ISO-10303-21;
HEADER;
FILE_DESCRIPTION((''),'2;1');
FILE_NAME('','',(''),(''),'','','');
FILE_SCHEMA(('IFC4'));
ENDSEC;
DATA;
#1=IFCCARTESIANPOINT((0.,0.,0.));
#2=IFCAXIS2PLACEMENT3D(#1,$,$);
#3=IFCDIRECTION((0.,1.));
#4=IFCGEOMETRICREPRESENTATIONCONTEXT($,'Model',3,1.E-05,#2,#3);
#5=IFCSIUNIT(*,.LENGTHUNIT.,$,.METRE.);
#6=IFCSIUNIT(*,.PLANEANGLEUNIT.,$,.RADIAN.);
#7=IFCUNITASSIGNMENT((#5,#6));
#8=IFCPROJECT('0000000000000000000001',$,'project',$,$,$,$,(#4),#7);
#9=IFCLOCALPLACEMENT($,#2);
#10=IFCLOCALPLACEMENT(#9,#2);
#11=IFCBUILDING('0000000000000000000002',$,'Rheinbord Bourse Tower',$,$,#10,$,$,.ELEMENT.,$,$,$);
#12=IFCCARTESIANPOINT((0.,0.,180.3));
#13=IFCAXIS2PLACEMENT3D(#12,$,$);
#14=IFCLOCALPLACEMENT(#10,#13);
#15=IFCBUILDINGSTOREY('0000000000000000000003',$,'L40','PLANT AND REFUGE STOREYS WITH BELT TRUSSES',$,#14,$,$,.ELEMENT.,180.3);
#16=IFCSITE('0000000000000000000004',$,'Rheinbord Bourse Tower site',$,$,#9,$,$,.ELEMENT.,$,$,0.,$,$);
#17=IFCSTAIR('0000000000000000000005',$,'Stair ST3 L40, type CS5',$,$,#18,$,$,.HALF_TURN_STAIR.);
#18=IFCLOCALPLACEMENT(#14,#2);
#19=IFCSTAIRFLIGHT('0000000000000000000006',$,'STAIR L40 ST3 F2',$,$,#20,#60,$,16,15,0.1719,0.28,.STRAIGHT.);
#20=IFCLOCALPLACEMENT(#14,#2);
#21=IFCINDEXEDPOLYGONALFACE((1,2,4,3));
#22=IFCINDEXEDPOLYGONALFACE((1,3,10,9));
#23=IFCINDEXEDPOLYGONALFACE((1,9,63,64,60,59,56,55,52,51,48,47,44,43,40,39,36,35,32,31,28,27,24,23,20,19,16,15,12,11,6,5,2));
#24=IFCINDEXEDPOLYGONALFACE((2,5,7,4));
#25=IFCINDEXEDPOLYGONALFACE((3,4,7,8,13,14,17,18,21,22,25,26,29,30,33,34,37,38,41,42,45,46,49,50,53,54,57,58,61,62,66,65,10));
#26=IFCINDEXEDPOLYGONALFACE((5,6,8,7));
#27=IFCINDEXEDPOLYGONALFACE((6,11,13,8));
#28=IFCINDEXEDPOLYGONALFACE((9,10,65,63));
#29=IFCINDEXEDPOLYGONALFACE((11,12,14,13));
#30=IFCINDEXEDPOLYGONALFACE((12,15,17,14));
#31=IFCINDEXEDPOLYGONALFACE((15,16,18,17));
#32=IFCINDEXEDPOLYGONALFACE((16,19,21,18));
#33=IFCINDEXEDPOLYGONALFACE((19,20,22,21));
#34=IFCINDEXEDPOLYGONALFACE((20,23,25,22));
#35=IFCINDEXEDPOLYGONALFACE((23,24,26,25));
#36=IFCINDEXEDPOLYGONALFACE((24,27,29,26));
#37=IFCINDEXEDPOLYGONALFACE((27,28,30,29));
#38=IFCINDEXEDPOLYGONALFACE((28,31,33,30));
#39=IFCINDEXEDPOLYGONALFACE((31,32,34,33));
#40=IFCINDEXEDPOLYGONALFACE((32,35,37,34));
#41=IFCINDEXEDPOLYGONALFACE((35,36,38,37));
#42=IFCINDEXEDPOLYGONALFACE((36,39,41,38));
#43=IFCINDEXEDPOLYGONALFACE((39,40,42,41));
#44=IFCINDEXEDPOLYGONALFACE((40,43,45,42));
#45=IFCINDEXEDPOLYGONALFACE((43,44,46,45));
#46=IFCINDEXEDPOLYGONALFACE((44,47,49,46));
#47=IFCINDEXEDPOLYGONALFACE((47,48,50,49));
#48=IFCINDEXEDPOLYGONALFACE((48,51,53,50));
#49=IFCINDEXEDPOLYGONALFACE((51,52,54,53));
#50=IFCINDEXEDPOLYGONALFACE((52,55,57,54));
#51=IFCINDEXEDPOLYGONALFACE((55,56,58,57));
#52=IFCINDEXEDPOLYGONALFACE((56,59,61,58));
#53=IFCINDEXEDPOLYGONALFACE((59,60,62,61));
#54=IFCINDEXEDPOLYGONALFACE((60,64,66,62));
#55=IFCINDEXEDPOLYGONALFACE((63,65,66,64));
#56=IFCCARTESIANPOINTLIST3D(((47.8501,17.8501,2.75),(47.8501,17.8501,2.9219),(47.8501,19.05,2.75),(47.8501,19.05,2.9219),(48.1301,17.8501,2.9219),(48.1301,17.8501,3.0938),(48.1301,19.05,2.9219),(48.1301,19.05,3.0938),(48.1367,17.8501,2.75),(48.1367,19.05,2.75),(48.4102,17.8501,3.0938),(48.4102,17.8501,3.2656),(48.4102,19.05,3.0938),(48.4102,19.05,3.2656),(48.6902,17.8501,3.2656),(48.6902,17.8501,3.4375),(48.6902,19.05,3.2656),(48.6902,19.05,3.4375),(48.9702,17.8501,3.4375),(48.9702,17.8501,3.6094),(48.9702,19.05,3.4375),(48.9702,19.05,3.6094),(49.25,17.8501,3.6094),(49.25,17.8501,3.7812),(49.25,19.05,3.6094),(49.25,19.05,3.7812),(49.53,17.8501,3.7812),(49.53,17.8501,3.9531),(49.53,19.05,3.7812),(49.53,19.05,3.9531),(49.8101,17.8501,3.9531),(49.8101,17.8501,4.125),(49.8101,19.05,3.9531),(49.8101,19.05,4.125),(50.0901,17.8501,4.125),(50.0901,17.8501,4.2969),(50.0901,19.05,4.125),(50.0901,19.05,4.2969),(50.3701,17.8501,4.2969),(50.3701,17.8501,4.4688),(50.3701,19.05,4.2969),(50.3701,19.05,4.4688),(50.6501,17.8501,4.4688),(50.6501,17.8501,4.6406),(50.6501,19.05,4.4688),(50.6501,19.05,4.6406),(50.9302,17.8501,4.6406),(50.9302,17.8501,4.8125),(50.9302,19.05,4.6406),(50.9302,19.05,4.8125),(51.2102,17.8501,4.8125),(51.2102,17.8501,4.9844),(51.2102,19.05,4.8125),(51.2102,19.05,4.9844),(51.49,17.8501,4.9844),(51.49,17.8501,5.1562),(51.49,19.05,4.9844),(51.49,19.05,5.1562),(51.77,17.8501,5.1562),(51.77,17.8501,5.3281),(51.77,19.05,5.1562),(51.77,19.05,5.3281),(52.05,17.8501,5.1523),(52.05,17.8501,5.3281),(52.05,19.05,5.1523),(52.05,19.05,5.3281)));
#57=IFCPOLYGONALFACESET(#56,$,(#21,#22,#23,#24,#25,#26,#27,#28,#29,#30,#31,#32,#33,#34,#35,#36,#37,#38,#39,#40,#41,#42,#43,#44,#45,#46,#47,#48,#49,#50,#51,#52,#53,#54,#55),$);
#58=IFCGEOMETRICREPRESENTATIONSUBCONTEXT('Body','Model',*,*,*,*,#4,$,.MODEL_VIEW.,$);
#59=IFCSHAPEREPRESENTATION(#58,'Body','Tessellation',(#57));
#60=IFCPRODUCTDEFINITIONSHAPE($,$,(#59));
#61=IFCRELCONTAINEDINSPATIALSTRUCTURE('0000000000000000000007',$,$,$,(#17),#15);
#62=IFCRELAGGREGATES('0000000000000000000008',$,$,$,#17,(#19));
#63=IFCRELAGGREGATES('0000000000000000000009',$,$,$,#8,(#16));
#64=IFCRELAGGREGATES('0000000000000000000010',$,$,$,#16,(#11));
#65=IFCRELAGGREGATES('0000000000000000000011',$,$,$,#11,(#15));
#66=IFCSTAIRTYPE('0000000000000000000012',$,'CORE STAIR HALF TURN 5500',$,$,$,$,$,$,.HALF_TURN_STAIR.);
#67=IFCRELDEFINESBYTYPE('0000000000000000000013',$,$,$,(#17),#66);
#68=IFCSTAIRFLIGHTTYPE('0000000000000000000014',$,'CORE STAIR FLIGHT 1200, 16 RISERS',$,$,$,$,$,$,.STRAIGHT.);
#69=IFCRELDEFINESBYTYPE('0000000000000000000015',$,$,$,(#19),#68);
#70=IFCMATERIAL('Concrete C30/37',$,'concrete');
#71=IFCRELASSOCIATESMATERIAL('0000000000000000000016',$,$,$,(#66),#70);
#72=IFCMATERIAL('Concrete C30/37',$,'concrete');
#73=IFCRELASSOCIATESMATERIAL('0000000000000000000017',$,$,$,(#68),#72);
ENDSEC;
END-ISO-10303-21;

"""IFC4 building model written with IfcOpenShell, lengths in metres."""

from ifc_helpers import new_model, si_unit, direction, frame, origin, place, context, subcontext, project, spatial, polyline, outline, extrude, material, type_object, element, aggregate, save


model = new_model("IFC4")

# Units and contexts
model_context = context("Model", 3, precision=1e-05, world=origin(), true_north=direction((0.0, 1.0)))
body_context = subcontext(model_context, "Body", "Model", "MODEL_VIEW")
ifc_project = project(units=[si_unit("LENGTHUNIT", "METRE"), si_unit("PLANEANGLEUNIT", "RADIAN")], contexts=[model_context])

# Site, building, storey
site_placement = place(None, origin())
site = spatial("IfcSite", under=ifc_project, at=site_placement, Name="Rheinbord Bourse Tower site", CompositionType="ELEMENT", RefElevation=0.0)
building_placement = place(site_placement, origin())
building = spatial("IfcBuilding", under=site, at=building_placement, Name="Rheinbord Bourse Tower", CompositionType="ELEMENT")
storey_placement = place(building_placement, frame((0.0, 0.0, 180.3)))
storey = spatial("IfcBuildingStorey", under=building, at=storey_placement, Name="L40", Description="PLANT AND REFUGE STOREYS WITH BELT TRUSSES", CompositionType="ELEMENT", Elevation=180.3)

# Stair, stair flight
ifc_material_1 = material(Name="Concrete C30/37", Category="concrete")
stair_type = type_object("IfcStairType", Name="CORE STAIR HALF TURN 5500", PredefinedType="HALF_TURN_STAIR", material=ifc_material_1)
stair_placement = place(storey_placement, origin())
stair = element("IfcStair", 1, at=stair_placement, inside=storey, type_object=stair_type, Name="Stair ST3 L40, type CS5", PredefinedType="HALF_TURN_STAIR")
ifc_material_2 = material(Name="Concrete C30/37", Category="concrete")
stair_flight_type = type_object("IfcStairFlightType", Name="CORE STAIR FLIGHT 1200, 16 RISERS", PredefinedType="STRAIGHT", material=ifc_material_2)
stair_flight_placement = place(storey_placement, frame((47.8501, 18.45, 2.75), z_axis=(0.0, 0.0, 1.0), x_axis=(1.0, 0.0, 0.0)))
stair_flight = element("IfcStairFlight", 2, at=stair_flight_placement, type_object=stair_flight_type, Name="STAIR L40 ST3 F2", NumberOfRisers=16, NumberOfTreads=15, PredefinedType="STRAIGHT", RiserHeight=0.1719, TreadLength=0.28, context=body_context, shape_type="SweptSolid", body=[
    extrude(outline(polyline([(0.0, 0.0), (0.0, 0.1719), (0.28, 0.1719), (0.28, 0.3438), (0.5601, 0.3438), (0.5601, 0.5156), (0.8401, 0.5156), (0.8401, 0.6875), (1.1201, 0.6875), (1.1201, 0.8594), (1.3999, 0.8594), (1.3999, 1.0312), (1.6799, 1.0312), (1.6799, 1.2031), (1.96, 1.2031), (1.96, 1.375), (2.24, 1.375), (2.24, 1.5469), (2.52, 1.5469), (2.52, 1.7188), (2.8, 1.7188), (2.8, 1.8906), (3.0801, 1.8906), (3.0801, 2.0625), (3.3601, 2.0625), (3.3601, 2.2344), (3.6399, 2.2344), (3.6399, 2.4062), (3.9199, 2.4062), (3.9199, 2.5781), (4.2, 2.5781), (4.2, 2.75), (4.2, 2.4023), (0.2866, 0.0), (0.0, 0.0)])), frame((0.0, 0.6001, 0.0), z_axis=(0.0, -1.0, 0.0), x_axis=(1.0, 0.0, 0.0)), (0.0, 0.0, 1.0), 1.2),
])
aggregate(stair, [stair_flight])

save(model, "model.ifc")
